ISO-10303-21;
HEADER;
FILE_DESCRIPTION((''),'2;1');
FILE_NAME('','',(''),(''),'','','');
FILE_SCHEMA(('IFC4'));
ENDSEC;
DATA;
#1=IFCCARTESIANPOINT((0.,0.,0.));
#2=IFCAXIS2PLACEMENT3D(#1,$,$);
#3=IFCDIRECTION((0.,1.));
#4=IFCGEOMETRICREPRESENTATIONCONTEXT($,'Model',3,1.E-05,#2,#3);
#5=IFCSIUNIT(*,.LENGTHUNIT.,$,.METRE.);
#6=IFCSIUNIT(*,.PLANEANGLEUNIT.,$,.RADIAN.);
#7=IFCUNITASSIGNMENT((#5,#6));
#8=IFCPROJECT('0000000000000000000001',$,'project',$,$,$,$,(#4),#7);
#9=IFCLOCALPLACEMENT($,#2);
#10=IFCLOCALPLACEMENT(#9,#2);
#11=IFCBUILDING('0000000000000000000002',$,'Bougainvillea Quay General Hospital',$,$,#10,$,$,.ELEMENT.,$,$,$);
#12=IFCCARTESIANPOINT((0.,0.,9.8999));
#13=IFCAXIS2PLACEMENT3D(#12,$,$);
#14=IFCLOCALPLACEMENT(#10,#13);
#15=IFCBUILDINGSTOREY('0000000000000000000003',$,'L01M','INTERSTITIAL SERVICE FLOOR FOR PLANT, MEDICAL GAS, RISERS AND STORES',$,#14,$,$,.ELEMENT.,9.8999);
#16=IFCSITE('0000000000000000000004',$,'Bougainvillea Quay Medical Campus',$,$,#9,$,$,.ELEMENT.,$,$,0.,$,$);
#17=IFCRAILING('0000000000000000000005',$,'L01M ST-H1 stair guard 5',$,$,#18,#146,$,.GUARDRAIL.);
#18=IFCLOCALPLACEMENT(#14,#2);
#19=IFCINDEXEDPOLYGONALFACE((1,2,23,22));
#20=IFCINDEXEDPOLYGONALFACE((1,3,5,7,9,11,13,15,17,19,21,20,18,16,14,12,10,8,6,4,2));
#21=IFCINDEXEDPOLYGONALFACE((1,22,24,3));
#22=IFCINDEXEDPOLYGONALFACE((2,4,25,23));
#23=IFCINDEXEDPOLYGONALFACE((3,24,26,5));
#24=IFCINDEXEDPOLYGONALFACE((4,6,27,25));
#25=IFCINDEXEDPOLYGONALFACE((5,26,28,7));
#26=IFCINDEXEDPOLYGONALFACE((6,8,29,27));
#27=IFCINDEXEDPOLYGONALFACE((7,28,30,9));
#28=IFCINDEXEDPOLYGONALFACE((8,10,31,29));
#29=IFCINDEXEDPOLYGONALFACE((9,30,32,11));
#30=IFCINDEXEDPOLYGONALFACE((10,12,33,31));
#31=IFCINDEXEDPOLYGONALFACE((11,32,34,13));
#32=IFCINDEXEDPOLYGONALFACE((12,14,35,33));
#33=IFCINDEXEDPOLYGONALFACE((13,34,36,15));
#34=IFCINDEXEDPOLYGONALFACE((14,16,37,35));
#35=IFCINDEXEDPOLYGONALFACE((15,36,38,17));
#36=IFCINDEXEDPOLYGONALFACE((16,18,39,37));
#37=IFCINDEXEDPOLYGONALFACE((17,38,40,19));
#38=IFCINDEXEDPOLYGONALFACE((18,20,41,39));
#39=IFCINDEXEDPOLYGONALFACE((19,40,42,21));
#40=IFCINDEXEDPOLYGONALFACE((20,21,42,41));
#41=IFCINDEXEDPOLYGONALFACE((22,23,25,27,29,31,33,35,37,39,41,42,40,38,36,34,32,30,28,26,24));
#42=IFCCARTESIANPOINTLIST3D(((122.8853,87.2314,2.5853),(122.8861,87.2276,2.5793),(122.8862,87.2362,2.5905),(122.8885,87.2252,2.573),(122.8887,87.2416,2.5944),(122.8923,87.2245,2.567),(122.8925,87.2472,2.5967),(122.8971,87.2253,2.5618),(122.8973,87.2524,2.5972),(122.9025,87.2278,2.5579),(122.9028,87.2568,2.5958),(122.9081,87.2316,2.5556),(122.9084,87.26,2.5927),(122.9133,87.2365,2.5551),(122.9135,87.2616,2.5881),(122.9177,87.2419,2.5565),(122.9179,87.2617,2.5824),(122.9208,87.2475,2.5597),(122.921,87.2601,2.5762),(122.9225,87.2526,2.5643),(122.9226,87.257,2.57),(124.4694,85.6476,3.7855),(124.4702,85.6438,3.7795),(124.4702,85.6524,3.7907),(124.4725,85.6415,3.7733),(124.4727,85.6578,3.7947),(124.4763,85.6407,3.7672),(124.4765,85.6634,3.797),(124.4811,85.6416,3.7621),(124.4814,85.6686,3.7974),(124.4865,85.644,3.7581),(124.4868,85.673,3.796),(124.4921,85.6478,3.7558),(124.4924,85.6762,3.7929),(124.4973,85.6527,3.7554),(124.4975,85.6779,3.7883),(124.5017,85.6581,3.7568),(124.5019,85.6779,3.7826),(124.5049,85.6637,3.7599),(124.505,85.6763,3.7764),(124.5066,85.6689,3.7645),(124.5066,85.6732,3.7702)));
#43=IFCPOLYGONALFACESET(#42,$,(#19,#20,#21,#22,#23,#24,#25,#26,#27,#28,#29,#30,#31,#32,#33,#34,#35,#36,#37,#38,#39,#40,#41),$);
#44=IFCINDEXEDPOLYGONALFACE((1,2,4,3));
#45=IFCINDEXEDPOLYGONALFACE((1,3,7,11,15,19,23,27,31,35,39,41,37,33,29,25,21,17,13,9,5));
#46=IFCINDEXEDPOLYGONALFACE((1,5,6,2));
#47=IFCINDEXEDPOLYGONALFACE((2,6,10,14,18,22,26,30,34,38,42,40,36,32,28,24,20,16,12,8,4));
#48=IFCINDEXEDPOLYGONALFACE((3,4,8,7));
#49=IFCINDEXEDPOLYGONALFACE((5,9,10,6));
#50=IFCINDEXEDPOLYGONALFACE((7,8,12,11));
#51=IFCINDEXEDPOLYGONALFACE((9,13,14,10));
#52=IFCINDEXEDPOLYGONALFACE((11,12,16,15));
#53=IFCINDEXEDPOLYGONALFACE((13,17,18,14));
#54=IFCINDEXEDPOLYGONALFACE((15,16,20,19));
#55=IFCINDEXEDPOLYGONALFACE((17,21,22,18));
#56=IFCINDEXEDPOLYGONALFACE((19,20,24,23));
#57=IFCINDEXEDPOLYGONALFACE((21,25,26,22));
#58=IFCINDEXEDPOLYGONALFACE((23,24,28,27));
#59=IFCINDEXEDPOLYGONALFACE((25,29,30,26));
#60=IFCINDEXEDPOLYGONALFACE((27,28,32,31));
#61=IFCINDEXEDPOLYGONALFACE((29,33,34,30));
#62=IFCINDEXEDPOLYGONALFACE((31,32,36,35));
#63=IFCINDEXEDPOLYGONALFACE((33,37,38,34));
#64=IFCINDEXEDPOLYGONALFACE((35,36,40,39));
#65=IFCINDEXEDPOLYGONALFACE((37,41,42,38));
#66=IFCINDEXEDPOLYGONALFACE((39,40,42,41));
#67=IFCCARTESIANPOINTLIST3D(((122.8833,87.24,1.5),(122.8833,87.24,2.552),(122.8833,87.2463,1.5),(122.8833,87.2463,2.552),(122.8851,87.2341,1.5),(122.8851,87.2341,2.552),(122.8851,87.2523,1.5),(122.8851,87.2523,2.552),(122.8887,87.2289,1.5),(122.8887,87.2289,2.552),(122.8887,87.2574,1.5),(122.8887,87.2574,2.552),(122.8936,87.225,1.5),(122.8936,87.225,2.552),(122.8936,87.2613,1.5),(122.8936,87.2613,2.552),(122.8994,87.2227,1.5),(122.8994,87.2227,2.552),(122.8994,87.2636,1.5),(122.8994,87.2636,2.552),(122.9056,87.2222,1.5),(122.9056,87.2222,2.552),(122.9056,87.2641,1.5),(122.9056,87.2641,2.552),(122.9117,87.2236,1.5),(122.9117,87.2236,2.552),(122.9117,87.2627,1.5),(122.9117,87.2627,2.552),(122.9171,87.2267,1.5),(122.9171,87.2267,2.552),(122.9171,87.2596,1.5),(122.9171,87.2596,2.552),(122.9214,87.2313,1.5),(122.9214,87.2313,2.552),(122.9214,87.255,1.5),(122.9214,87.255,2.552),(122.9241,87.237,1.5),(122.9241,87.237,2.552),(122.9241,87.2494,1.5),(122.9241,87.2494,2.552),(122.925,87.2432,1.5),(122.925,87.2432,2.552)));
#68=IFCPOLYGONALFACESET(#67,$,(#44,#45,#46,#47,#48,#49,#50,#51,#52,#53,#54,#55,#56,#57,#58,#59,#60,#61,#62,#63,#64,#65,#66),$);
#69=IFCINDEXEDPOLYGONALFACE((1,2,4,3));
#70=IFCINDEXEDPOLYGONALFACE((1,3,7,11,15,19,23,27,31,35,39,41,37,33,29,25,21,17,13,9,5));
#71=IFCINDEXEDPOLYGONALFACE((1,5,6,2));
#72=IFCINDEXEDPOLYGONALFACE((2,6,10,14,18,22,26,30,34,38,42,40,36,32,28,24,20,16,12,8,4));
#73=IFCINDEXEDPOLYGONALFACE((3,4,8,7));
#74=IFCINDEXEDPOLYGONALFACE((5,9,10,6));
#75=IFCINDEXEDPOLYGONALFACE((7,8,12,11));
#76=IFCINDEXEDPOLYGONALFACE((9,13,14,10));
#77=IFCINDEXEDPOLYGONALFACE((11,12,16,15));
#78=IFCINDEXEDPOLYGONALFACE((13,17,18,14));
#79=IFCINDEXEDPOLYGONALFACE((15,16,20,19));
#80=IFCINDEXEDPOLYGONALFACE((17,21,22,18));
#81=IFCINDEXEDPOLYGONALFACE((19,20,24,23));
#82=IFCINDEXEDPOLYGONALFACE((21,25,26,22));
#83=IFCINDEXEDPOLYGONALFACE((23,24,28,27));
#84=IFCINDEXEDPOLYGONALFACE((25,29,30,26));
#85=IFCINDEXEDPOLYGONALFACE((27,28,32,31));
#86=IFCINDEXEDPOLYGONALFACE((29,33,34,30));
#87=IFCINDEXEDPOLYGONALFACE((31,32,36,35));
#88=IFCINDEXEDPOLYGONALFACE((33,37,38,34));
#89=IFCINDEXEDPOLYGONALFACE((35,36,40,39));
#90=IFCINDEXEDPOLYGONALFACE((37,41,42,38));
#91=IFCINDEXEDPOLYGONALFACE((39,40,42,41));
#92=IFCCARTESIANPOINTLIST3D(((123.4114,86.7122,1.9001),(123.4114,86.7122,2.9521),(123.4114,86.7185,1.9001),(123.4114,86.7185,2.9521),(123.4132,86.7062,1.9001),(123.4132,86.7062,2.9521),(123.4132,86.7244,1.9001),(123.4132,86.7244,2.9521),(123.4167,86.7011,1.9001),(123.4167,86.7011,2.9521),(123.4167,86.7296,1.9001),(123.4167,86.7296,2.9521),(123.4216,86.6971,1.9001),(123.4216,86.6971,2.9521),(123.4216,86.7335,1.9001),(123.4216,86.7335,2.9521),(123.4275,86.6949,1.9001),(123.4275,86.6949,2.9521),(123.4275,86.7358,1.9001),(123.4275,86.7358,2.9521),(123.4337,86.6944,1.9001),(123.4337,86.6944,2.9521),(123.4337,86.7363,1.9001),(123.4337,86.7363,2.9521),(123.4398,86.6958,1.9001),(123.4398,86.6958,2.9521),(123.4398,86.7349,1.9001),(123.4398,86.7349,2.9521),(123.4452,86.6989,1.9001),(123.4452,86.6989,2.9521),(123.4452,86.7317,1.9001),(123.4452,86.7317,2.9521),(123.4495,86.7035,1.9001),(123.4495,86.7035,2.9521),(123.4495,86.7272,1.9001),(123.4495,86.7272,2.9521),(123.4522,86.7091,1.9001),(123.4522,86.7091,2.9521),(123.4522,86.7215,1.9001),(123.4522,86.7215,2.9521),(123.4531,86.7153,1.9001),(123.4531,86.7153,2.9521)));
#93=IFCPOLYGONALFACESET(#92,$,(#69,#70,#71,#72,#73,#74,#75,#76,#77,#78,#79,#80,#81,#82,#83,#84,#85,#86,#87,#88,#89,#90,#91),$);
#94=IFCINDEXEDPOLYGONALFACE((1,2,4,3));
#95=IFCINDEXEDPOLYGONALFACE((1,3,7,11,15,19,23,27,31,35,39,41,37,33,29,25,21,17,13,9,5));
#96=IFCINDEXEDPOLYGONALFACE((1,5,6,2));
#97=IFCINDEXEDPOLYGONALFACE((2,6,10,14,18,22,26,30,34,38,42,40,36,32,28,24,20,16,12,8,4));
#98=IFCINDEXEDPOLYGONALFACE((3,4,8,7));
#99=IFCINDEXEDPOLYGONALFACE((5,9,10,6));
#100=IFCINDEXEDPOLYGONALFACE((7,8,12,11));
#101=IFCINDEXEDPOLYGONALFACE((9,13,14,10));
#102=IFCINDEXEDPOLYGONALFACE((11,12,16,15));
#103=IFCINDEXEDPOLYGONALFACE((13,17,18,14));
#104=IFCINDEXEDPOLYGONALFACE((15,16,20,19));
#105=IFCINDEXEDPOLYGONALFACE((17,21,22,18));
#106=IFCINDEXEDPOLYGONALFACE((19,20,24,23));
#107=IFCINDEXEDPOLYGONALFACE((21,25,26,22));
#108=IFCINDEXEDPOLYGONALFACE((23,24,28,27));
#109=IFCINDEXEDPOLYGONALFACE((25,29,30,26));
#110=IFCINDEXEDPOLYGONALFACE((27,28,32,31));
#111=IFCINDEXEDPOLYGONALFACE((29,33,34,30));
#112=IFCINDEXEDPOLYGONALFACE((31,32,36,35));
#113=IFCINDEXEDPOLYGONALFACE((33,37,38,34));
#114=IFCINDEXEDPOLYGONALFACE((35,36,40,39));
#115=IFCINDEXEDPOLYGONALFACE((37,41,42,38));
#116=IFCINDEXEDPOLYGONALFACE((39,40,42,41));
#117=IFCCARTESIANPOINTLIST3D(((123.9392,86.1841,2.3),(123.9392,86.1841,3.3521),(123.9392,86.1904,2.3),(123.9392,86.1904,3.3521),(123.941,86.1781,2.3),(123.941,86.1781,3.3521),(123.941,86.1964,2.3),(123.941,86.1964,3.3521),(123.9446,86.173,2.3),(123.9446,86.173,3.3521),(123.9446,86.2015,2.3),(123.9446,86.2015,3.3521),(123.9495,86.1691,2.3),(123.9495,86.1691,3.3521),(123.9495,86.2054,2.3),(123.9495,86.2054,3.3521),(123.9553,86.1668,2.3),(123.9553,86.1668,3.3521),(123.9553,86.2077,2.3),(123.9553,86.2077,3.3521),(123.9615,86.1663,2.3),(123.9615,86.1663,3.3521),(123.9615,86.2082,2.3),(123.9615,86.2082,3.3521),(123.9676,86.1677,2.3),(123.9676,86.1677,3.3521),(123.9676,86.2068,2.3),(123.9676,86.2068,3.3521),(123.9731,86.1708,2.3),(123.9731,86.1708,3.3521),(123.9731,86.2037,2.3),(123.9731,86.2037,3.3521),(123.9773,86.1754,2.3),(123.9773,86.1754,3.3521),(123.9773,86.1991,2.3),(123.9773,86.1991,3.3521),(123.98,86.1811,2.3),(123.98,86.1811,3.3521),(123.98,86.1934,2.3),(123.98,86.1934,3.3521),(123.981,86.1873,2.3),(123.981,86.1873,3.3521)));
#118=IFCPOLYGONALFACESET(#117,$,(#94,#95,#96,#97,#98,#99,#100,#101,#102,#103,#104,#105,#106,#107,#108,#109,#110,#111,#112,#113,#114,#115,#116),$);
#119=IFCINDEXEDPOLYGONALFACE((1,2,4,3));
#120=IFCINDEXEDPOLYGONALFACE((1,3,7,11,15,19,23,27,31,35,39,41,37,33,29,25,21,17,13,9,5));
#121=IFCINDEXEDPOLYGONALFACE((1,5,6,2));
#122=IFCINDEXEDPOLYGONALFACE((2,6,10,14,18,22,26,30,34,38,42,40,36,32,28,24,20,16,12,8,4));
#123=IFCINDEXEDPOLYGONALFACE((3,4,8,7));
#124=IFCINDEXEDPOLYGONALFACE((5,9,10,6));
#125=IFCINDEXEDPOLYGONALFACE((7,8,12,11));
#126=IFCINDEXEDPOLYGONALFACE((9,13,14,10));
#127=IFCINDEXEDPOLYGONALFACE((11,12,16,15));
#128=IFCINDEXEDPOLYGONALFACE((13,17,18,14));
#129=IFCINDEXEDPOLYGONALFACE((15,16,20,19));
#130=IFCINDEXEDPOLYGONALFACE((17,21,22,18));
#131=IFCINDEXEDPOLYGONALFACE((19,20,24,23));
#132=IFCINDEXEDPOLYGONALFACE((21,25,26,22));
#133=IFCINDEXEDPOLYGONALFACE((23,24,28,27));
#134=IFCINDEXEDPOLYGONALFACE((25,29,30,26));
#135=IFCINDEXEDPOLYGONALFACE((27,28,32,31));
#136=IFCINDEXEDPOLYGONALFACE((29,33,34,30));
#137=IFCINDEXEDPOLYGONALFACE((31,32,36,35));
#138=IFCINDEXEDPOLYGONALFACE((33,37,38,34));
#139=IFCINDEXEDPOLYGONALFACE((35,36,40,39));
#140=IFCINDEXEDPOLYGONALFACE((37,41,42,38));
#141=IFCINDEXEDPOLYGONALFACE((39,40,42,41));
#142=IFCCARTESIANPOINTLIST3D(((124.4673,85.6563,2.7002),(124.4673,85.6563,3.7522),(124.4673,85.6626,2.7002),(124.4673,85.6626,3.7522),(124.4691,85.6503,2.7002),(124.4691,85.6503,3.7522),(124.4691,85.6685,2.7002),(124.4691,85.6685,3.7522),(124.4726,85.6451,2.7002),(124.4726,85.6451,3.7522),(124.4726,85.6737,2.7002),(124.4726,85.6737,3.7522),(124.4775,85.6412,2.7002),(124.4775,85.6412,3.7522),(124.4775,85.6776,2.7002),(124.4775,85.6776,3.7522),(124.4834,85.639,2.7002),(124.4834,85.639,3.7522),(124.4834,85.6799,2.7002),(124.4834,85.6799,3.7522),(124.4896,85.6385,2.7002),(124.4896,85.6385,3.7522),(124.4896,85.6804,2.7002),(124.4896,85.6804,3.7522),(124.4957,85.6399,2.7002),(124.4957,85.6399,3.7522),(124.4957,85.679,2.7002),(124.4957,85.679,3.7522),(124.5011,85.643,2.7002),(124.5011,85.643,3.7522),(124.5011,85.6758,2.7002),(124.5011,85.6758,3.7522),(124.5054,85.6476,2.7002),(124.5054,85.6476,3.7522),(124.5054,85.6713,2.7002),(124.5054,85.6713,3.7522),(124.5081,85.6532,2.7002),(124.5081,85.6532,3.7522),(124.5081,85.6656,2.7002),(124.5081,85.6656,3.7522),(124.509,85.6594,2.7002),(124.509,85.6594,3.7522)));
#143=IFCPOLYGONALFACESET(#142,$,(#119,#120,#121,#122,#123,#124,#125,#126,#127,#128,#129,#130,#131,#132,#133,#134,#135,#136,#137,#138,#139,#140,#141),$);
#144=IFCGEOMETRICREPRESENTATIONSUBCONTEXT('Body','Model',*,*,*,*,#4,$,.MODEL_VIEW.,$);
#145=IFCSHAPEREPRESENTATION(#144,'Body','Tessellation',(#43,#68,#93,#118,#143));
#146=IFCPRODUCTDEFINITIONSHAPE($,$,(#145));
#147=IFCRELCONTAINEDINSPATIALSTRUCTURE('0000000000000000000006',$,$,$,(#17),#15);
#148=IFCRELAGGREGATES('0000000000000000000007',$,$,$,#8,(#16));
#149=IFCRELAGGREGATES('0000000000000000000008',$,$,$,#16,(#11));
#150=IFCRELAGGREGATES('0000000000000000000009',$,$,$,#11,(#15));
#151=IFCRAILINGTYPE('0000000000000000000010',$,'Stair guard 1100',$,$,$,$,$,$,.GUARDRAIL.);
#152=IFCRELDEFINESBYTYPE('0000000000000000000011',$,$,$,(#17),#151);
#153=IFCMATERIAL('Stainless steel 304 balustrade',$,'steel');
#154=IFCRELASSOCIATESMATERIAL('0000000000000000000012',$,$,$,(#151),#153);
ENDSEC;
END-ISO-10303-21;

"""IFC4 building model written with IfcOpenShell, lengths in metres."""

from ifc_helpers import new_model, si_unit, direction, frame, origin, origin_2d, place, context, subcontext, project, spatial, circle, extrude, material, type_object, element, save


model = new_model("IFC4")

# Units and contexts
model_context = context("Model", 3, precision=1e-05, world=origin(), true_north=direction((0.0, 1.0)))
body_context = subcontext(model_context, "Body", "Model", "MODEL_VIEW")
ifc_project = project(units=[si_unit("LENGTHUNIT", "METRE"), si_unit("PLANEANGLEUNIT", "RADIAN")], contexts=[model_context])

# Site, building, storey
site_placement = place(None, origin())
site = spatial("IfcSite", under=ifc_project, at=site_placement, Name="Bougainvillea Quay Medical Campus", CompositionType="ELEMENT", RefElevation=0.0)
building_placement = place(site_placement, origin())
building = spatial("IfcBuilding", under=site, at=building_placement, Name="Bougainvillea Quay General Hospital", CompositionType="ELEMENT")
storey_placement = place(building_placement, frame((0.0, 0.0, 9.8999)))
storey = spatial("IfcBuildingStorey", under=building, at=storey_placement, Name="L01M", Description="INTERSTITIAL SERVICE FLOOR FOR PLANT, MEDICAL GAS, RISERS AND STORES", CompositionType="ELEMENT", Elevation=9.8999)

# Railing
ifc_material_1 = material(Name="Stainless steel 304 balustrade", Category="steel")
railing_type_1 = type_object("IfcRailingType", Name="Stair guard 1100", PredefinedType="GUARDRAIL", material=ifc_material_1)
railing_1_placement = place(storey_placement, frame((122.9041, 87.2432, 1.5)))
element("IfcRailing", 1, at=railing_1_placement, inside=storey, type_object=railing_type_1, Name="L01M ST-H1 stair guard 5", PredefinedType="GUARDRAIL", context=body_context, shape_type="SweptSolid", body=[
    extrude(circle(Radius=0.0239, at=origin_2d()), frame((0.0, 0.0, 1.0762), z_axis=(0.623321, -0.623225, 0.472294), x_axis=(0.707052, 0.707161, 0.0)), (0.0, 0.0, 1.0), 2.5413),
    extrude(circle(Radius=0.021, at=origin_2d()), origin(), (0.0, 0.0, 1.0), 1.052),
    extrude(circle(Radius=0.021, at=origin_2d()), frame((0.5281, -0.5278, 0.4001)), (0.0, 0.0, 1.0), 1.052),
    extrude(circle(Radius=0.021, at=origin_2d()), frame((1.0559, -1.0559, 0.8)), (0.0, 0.0, 1.0), 1.052),
    extrude(circle(Radius=0.021, at=origin_2d()), frame((1.584, -1.5837, 1.2002)), (0.0, 0.0, 1.0), 1.052),
])

save(model, "model.ifc")
